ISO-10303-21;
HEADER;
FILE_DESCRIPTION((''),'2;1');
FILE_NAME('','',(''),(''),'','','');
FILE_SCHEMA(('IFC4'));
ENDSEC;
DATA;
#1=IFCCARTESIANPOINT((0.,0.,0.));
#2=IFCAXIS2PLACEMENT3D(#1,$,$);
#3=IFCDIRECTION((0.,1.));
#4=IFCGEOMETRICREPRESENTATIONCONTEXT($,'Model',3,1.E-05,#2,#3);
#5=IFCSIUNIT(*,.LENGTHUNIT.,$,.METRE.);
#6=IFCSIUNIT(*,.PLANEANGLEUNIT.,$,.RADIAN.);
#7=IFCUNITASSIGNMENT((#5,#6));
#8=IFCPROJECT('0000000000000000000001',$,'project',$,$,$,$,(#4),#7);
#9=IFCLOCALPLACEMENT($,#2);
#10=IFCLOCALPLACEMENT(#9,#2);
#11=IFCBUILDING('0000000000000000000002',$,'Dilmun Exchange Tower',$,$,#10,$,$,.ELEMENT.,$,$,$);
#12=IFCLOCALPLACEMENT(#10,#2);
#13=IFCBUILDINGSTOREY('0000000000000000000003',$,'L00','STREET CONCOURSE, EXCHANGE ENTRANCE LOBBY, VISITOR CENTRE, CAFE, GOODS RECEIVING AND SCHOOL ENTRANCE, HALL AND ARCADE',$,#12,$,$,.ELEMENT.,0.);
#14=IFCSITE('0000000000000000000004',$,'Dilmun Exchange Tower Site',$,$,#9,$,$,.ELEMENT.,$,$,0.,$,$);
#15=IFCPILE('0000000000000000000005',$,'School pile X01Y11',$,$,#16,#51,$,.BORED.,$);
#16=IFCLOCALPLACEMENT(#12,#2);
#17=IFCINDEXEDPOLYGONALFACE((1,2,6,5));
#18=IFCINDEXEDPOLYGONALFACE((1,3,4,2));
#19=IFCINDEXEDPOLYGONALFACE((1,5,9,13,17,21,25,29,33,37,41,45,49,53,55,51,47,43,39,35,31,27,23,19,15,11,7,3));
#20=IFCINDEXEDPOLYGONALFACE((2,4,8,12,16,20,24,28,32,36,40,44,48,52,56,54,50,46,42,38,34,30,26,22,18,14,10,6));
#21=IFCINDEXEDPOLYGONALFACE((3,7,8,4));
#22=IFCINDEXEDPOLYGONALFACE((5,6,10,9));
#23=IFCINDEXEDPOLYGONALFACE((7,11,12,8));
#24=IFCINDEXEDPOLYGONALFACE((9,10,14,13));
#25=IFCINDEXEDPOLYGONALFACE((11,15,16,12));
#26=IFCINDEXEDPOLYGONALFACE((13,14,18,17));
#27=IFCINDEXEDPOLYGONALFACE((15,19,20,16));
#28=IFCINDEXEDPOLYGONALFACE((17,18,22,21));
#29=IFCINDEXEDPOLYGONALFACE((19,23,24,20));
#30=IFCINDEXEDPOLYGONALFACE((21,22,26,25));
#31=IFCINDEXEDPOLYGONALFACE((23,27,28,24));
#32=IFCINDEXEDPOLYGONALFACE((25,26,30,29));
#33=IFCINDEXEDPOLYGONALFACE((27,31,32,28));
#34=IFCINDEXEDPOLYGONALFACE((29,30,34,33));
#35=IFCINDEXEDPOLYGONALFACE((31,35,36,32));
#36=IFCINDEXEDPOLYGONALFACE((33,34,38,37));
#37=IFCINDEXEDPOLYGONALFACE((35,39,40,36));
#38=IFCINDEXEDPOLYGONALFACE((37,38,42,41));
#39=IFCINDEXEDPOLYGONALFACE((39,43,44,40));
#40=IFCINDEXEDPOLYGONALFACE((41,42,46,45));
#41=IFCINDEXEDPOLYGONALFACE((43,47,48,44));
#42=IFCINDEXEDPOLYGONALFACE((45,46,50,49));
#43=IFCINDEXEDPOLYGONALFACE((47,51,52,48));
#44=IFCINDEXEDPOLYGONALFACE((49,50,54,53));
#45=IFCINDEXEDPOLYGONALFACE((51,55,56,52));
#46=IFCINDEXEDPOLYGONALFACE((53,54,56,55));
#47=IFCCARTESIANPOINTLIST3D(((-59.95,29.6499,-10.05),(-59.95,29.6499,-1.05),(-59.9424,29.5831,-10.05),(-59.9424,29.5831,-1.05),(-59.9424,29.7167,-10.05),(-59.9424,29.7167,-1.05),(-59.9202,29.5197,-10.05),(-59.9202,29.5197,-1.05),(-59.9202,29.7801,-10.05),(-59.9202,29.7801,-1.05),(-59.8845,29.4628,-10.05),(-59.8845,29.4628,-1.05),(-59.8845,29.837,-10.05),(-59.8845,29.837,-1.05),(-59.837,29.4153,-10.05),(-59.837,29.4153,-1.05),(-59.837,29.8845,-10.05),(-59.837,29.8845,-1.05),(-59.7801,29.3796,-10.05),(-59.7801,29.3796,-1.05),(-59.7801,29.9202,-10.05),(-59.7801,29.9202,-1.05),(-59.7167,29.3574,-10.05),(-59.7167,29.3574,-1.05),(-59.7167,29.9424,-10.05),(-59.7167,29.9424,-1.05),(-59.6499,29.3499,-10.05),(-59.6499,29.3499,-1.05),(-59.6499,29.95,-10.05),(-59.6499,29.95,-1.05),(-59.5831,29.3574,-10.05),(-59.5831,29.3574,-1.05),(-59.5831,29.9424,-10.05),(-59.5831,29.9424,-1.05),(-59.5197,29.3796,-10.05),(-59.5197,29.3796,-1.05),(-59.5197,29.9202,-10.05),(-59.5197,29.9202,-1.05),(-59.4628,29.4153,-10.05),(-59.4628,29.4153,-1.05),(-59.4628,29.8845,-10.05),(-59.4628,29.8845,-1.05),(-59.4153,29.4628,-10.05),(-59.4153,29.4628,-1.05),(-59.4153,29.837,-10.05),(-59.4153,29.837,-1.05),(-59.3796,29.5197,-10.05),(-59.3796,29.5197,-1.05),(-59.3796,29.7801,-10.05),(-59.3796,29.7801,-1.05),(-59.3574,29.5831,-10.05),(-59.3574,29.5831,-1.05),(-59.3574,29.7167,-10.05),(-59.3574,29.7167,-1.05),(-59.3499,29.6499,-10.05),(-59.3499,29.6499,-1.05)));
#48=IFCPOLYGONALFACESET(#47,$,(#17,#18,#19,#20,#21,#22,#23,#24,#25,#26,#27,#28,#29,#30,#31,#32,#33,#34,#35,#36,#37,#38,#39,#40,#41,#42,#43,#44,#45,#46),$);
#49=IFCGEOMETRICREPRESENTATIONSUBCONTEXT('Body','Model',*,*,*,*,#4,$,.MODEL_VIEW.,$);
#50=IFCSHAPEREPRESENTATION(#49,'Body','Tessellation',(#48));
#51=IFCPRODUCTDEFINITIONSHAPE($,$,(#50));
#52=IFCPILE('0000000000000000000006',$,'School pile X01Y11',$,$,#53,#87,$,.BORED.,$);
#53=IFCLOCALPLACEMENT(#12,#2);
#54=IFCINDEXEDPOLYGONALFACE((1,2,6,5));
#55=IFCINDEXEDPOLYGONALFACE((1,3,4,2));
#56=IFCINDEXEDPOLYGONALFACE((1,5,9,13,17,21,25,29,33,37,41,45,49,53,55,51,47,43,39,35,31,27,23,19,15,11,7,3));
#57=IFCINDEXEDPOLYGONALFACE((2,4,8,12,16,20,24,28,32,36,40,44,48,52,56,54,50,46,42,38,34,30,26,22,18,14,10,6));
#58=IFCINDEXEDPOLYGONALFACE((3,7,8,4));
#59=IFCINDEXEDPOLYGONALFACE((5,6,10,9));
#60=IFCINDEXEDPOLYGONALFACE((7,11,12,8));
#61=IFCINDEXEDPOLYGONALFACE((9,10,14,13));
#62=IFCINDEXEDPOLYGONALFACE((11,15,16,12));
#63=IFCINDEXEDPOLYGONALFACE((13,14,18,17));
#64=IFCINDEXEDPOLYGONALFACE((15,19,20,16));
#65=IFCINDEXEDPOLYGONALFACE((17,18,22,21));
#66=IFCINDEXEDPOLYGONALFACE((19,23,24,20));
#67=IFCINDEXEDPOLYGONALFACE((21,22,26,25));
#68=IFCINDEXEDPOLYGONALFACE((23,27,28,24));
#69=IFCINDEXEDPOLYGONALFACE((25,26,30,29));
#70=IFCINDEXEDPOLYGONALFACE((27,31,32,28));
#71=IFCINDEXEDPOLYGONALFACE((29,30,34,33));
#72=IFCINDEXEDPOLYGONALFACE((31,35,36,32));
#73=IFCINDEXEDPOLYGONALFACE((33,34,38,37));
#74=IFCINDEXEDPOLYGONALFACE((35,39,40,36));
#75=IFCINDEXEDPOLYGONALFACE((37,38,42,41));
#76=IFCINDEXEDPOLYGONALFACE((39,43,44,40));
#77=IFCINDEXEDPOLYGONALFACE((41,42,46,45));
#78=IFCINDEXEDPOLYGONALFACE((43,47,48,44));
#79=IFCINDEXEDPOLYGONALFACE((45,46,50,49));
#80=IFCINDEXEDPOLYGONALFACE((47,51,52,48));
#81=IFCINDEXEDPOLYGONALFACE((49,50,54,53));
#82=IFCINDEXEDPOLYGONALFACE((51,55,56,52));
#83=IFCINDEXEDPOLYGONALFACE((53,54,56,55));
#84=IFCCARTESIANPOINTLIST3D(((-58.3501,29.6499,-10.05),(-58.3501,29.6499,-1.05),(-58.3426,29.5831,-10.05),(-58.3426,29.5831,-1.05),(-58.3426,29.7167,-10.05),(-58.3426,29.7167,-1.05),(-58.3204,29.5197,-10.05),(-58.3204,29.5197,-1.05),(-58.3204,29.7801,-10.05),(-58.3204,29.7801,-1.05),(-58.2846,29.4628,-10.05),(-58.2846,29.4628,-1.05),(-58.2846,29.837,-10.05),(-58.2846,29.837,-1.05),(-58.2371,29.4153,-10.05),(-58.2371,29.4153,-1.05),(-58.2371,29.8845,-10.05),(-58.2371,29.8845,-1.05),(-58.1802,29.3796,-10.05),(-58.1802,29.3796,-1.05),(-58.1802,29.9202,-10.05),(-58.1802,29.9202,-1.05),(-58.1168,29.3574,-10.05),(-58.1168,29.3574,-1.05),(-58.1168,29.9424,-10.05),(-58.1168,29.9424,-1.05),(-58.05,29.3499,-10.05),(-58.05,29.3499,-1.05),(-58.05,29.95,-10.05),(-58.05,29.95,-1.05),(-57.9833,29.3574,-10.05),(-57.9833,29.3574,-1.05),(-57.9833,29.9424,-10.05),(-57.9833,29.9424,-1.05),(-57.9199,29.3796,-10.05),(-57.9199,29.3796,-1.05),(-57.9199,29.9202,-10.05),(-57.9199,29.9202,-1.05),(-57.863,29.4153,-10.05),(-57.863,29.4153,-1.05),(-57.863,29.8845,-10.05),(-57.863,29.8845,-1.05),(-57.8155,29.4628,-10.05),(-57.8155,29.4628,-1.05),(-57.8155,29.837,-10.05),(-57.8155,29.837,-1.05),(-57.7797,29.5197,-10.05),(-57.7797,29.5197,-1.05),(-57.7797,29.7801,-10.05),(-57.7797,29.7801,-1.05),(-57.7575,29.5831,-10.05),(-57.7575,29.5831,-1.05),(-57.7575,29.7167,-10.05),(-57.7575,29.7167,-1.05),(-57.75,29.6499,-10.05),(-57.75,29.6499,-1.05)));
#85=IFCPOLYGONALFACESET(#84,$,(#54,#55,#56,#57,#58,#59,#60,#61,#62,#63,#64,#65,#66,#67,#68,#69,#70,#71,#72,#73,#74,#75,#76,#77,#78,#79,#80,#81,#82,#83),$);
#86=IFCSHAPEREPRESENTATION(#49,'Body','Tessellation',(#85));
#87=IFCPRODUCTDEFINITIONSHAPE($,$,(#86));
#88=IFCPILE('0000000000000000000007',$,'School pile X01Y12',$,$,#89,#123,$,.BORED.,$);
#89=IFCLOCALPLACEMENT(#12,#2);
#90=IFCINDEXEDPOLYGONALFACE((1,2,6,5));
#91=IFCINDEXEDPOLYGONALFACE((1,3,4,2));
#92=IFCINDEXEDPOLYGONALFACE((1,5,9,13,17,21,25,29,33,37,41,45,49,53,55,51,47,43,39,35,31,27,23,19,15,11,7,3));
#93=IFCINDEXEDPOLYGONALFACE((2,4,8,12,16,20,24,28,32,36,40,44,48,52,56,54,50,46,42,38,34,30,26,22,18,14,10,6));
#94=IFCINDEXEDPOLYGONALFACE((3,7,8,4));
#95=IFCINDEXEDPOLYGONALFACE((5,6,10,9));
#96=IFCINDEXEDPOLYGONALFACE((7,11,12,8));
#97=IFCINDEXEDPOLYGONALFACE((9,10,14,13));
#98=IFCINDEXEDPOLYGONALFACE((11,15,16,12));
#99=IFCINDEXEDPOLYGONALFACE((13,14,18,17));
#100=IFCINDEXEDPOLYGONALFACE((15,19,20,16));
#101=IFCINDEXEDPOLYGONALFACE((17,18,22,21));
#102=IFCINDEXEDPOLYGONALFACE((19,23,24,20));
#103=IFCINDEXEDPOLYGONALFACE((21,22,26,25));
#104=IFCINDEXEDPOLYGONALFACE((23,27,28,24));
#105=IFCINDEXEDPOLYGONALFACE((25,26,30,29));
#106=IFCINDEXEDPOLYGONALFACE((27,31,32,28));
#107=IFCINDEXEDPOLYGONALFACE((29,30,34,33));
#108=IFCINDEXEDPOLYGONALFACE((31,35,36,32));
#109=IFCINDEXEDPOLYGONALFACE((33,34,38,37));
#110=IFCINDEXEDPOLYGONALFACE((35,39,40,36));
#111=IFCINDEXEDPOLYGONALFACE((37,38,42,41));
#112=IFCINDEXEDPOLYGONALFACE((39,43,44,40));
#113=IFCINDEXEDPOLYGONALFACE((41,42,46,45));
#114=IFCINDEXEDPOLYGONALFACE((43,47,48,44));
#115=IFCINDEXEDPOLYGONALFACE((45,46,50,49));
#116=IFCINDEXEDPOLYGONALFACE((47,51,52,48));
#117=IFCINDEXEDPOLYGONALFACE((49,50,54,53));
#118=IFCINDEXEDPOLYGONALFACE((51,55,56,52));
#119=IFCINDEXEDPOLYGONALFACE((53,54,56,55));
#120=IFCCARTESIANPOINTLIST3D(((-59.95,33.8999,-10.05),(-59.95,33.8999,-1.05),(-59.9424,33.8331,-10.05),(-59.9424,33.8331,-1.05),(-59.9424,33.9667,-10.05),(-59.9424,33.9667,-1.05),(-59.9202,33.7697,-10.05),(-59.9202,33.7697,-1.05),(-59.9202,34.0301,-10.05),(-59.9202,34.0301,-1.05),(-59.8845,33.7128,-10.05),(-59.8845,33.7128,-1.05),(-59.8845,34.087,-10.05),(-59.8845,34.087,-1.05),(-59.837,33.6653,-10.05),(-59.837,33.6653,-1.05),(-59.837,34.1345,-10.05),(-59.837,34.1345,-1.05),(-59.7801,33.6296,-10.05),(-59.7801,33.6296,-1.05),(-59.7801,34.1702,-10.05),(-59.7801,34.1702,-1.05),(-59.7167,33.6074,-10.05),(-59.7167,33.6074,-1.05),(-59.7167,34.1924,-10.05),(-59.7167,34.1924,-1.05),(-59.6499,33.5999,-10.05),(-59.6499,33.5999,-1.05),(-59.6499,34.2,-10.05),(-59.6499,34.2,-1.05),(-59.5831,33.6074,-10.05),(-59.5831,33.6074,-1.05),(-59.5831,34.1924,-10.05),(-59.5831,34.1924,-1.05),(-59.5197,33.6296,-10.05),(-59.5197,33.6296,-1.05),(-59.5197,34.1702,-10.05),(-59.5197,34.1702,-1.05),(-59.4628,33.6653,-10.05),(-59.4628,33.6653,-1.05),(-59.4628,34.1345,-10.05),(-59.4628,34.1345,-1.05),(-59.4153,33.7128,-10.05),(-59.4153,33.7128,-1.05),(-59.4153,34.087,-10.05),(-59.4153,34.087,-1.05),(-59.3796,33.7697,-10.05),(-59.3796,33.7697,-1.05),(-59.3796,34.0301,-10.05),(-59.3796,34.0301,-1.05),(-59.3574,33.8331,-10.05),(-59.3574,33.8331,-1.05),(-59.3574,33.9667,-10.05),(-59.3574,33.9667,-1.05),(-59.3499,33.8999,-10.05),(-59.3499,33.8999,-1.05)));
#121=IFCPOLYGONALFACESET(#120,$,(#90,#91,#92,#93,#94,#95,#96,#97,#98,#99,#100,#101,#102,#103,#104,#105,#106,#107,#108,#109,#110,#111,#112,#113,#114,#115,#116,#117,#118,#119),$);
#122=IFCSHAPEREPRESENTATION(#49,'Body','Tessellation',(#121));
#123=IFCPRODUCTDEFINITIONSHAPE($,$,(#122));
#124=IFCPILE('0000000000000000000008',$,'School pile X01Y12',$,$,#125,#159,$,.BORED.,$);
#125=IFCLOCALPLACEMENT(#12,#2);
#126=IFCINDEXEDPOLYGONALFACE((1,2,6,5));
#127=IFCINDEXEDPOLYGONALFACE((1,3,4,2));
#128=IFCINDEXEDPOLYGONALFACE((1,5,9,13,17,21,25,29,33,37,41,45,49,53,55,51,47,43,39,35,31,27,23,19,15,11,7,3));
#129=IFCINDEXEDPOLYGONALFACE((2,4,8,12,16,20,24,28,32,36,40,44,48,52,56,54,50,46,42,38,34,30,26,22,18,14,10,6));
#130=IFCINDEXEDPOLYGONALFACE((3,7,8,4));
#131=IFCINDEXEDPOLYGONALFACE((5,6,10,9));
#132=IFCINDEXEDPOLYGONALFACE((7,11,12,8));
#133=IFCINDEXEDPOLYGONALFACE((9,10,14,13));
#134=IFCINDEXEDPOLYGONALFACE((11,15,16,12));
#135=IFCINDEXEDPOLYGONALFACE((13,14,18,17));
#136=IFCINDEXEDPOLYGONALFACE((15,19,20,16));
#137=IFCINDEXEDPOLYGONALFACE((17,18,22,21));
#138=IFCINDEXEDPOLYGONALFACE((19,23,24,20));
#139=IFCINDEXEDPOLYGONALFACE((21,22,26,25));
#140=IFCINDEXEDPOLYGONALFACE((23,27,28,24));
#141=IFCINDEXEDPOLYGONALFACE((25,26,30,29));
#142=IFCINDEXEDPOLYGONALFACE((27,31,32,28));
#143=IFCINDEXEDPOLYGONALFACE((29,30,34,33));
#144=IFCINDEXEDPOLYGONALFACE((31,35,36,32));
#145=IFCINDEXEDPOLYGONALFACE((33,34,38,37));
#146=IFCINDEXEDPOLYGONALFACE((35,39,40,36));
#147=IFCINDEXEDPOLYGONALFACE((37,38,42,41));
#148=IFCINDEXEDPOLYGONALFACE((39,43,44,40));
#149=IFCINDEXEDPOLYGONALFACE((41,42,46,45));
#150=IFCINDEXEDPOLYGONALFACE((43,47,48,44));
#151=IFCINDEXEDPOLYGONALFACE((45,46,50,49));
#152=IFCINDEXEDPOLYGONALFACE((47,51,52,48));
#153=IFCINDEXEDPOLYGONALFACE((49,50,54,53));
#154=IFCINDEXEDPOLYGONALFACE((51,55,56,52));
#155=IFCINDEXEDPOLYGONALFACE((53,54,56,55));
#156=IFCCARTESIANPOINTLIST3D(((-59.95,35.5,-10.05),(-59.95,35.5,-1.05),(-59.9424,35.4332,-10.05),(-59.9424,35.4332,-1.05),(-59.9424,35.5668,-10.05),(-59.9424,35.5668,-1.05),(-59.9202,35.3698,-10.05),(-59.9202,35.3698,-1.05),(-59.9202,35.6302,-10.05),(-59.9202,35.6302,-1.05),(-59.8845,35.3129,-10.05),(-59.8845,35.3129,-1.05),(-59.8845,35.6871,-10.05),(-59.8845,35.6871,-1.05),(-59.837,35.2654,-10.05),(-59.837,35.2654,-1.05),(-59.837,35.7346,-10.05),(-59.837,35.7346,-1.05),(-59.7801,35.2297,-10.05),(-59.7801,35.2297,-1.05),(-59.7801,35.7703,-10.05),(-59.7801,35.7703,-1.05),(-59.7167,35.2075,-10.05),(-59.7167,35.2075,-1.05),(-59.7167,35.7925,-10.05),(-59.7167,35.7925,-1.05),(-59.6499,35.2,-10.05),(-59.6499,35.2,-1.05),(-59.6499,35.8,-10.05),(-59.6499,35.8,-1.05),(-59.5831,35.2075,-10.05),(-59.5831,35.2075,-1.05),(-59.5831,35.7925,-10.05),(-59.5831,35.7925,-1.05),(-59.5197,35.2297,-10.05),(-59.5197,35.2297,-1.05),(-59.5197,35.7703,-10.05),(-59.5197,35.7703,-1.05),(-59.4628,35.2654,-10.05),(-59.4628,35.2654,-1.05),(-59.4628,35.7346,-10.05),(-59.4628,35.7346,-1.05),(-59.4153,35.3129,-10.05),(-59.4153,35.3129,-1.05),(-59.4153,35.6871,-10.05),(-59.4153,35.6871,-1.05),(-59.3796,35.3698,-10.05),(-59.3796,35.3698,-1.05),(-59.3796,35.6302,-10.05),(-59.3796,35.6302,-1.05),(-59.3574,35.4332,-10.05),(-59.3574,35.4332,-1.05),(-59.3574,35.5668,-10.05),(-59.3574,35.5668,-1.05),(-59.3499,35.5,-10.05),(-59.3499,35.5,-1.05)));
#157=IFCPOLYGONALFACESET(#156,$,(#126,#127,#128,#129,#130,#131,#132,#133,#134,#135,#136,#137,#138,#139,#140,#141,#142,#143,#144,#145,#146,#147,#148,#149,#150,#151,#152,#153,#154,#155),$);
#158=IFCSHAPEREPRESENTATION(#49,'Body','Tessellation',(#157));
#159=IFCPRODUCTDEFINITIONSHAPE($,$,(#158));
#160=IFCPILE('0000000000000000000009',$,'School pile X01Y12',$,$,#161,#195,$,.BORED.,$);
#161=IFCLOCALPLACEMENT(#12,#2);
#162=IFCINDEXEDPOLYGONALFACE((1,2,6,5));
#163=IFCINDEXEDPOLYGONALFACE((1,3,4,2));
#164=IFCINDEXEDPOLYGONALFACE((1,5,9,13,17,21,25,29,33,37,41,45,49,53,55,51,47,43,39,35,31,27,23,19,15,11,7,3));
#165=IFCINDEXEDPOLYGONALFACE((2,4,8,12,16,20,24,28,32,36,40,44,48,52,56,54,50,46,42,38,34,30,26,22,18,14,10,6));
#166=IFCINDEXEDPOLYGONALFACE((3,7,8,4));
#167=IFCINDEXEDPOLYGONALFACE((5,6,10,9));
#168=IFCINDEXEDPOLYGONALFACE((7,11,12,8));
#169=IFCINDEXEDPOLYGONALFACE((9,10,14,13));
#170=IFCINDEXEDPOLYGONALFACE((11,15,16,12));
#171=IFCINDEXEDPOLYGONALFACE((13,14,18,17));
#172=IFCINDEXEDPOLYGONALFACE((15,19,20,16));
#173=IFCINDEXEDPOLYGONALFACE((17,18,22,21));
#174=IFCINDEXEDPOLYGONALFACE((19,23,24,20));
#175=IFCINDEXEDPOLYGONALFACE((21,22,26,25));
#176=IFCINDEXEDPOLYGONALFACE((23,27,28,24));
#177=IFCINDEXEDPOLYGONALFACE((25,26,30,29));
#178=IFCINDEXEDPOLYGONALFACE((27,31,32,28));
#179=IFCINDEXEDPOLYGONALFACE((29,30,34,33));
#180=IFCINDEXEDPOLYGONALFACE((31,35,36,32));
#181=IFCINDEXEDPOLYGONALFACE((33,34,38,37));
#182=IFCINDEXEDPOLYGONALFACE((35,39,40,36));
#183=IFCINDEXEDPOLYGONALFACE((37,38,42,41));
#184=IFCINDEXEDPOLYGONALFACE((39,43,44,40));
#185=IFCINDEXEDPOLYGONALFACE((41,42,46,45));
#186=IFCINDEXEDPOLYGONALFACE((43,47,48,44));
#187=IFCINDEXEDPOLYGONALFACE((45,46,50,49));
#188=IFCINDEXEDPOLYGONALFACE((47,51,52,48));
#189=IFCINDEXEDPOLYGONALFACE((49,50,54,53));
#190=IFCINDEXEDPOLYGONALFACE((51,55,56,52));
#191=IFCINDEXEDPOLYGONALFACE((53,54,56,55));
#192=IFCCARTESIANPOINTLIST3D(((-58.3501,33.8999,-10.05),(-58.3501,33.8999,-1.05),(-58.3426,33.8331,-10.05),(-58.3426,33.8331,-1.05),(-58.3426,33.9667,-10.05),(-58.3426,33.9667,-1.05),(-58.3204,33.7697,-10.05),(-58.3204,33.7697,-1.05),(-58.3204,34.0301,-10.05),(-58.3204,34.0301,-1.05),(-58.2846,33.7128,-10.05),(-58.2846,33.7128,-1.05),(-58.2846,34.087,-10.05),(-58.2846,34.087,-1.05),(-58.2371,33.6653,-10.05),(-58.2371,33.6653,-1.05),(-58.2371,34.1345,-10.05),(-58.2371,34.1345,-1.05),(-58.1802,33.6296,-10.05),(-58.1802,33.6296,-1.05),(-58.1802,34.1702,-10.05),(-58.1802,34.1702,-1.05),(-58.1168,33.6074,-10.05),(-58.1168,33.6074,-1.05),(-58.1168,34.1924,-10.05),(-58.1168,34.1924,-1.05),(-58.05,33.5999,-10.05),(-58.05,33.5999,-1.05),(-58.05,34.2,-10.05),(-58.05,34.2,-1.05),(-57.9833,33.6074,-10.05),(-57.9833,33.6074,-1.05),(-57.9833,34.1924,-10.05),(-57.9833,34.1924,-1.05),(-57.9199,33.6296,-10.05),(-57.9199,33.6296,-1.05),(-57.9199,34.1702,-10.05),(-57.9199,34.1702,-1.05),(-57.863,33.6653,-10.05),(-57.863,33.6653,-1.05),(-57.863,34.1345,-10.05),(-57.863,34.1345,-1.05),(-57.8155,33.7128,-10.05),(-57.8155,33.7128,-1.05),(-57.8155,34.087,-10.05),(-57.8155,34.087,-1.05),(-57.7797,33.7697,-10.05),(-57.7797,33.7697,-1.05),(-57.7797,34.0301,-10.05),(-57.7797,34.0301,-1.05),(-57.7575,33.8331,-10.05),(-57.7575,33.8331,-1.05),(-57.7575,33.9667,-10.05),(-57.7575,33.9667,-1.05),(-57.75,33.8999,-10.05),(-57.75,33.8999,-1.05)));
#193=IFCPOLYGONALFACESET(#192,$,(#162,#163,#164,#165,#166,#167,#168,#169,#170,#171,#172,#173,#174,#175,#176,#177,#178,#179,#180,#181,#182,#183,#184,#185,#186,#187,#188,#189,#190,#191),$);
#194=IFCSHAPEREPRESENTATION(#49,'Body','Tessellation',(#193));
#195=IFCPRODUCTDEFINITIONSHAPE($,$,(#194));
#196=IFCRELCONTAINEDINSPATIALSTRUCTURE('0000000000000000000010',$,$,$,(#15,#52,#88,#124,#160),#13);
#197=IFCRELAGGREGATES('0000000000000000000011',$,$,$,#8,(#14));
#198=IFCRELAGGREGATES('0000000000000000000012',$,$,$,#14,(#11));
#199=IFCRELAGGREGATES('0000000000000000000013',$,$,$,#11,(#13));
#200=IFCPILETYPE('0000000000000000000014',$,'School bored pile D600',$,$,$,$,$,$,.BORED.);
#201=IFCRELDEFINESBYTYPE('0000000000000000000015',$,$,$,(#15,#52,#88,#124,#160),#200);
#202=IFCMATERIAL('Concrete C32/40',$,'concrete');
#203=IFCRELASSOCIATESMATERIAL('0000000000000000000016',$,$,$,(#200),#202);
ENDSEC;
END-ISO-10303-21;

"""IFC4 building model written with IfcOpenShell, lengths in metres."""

from ifc_helpers import new_model, si_unit, direction, frame, origin, origin_2d, place, context, subcontext, project, spatial, circle, extrude, material, material_profile, profile_set, type_object, element, save


model = new_model("IFC4")

# Units and contexts
model_context = context("Model", 3, precision=1e-05, world=origin(), true_north=direction((0.0, 1.0)))
body_context = subcontext(model_context, "Body", "Model", "MODEL_VIEW")
ifc_project = project(units=[si_unit("LENGTHUNIT", "METRE"), si_unit("PLANEANGLEUNIT", "RADIAN")], contexts=[model_context])

# Site, building, storey
site_placement = place(None, origin())
site = spatial("IfcSite", under=ifc_project, at=site_placement, Name="Dilmun Exchange Tower Site", CompositionType="ELEMENT", RefElevation=0.0)
building_placement = place(site_placement, origin())
building = spatial("IfcBuilding", under=site, at=building_placement, Name="Dilmun Exchange Tower", CompositionType="ELEMENT")
storey_placement = place(building_placement, origin())
storey = spatial("IfcBuildingStorey", under=building, at=storey_placement, Name="L00", Description="STREET CONCOURSE, EXCHANGE ENTRANCE LOBBY, VISITOR CENTRE, CAFE, GOODS RECEIVING AND SCHOOL ENTRANCE, HALL AND ARCADE", CompositionType="ELEMENT", Elevation=0.0)

# Piles
ifc_material_1 = material(Name="Concrete C32/40", Category="concrete")
ifc_material_profile_1 = material_profile(ifc_material_1, circle(Radius=0.3, at=origin_2d()), Name="D600")
ifc_profile_set_1 = profile_set([ifc_material_profile_1], Name="Concrete C32/40")
pile_type = type_object("IfcPileType", Name="School bored pile D600", PredefinedType="BORED", material=ifc_profile_set_1)
for number, where, z_axis, x_axis, name in (
    (1, (-59.6499, 29.6499, -1.05), (0.0, 0.0, -1.0), (1.0, 0.0, 0.0), "School pile X01Y11"),
    (2, (-58.05, 29.6499, -1.05), (0.0, 0.0, -1.0), (1.0, 0.0, 0.0), "School pile X01Y11"),
    (3, (-59.6499, 33.8999, -1.05), (0.0, 0.0, -1.0), (1.0, 0.0, 0.0), "School pile X01Y12"),
    (4, (-59.6499, 35.5, -1.05), (0.0, 0.0, -1.0), (1.0, 0.0, 0.0), "School pile X01Y12"),
    (5, (-58.05, 33.8999, -1.05), (0.0, 0.0, -1.0), (1.0, 0.0, 0.0), "School pile X01Y12"),
):
    element("IfcPile", number, at=place(storey_placement, frame(where, z_axis=z_axis, x_axis=x_axis)), inside=storey, type_object=pile_type, Name=name, PredefinedType="BORED", context=body_context, shape_type="SweptSolid", body=[
        extrude(circle(Radius=0.3, at=origin_2d()), origin(), (0.0, 0.0, 1.0), 9.0),
    ])

save(model, "model.ifc")
